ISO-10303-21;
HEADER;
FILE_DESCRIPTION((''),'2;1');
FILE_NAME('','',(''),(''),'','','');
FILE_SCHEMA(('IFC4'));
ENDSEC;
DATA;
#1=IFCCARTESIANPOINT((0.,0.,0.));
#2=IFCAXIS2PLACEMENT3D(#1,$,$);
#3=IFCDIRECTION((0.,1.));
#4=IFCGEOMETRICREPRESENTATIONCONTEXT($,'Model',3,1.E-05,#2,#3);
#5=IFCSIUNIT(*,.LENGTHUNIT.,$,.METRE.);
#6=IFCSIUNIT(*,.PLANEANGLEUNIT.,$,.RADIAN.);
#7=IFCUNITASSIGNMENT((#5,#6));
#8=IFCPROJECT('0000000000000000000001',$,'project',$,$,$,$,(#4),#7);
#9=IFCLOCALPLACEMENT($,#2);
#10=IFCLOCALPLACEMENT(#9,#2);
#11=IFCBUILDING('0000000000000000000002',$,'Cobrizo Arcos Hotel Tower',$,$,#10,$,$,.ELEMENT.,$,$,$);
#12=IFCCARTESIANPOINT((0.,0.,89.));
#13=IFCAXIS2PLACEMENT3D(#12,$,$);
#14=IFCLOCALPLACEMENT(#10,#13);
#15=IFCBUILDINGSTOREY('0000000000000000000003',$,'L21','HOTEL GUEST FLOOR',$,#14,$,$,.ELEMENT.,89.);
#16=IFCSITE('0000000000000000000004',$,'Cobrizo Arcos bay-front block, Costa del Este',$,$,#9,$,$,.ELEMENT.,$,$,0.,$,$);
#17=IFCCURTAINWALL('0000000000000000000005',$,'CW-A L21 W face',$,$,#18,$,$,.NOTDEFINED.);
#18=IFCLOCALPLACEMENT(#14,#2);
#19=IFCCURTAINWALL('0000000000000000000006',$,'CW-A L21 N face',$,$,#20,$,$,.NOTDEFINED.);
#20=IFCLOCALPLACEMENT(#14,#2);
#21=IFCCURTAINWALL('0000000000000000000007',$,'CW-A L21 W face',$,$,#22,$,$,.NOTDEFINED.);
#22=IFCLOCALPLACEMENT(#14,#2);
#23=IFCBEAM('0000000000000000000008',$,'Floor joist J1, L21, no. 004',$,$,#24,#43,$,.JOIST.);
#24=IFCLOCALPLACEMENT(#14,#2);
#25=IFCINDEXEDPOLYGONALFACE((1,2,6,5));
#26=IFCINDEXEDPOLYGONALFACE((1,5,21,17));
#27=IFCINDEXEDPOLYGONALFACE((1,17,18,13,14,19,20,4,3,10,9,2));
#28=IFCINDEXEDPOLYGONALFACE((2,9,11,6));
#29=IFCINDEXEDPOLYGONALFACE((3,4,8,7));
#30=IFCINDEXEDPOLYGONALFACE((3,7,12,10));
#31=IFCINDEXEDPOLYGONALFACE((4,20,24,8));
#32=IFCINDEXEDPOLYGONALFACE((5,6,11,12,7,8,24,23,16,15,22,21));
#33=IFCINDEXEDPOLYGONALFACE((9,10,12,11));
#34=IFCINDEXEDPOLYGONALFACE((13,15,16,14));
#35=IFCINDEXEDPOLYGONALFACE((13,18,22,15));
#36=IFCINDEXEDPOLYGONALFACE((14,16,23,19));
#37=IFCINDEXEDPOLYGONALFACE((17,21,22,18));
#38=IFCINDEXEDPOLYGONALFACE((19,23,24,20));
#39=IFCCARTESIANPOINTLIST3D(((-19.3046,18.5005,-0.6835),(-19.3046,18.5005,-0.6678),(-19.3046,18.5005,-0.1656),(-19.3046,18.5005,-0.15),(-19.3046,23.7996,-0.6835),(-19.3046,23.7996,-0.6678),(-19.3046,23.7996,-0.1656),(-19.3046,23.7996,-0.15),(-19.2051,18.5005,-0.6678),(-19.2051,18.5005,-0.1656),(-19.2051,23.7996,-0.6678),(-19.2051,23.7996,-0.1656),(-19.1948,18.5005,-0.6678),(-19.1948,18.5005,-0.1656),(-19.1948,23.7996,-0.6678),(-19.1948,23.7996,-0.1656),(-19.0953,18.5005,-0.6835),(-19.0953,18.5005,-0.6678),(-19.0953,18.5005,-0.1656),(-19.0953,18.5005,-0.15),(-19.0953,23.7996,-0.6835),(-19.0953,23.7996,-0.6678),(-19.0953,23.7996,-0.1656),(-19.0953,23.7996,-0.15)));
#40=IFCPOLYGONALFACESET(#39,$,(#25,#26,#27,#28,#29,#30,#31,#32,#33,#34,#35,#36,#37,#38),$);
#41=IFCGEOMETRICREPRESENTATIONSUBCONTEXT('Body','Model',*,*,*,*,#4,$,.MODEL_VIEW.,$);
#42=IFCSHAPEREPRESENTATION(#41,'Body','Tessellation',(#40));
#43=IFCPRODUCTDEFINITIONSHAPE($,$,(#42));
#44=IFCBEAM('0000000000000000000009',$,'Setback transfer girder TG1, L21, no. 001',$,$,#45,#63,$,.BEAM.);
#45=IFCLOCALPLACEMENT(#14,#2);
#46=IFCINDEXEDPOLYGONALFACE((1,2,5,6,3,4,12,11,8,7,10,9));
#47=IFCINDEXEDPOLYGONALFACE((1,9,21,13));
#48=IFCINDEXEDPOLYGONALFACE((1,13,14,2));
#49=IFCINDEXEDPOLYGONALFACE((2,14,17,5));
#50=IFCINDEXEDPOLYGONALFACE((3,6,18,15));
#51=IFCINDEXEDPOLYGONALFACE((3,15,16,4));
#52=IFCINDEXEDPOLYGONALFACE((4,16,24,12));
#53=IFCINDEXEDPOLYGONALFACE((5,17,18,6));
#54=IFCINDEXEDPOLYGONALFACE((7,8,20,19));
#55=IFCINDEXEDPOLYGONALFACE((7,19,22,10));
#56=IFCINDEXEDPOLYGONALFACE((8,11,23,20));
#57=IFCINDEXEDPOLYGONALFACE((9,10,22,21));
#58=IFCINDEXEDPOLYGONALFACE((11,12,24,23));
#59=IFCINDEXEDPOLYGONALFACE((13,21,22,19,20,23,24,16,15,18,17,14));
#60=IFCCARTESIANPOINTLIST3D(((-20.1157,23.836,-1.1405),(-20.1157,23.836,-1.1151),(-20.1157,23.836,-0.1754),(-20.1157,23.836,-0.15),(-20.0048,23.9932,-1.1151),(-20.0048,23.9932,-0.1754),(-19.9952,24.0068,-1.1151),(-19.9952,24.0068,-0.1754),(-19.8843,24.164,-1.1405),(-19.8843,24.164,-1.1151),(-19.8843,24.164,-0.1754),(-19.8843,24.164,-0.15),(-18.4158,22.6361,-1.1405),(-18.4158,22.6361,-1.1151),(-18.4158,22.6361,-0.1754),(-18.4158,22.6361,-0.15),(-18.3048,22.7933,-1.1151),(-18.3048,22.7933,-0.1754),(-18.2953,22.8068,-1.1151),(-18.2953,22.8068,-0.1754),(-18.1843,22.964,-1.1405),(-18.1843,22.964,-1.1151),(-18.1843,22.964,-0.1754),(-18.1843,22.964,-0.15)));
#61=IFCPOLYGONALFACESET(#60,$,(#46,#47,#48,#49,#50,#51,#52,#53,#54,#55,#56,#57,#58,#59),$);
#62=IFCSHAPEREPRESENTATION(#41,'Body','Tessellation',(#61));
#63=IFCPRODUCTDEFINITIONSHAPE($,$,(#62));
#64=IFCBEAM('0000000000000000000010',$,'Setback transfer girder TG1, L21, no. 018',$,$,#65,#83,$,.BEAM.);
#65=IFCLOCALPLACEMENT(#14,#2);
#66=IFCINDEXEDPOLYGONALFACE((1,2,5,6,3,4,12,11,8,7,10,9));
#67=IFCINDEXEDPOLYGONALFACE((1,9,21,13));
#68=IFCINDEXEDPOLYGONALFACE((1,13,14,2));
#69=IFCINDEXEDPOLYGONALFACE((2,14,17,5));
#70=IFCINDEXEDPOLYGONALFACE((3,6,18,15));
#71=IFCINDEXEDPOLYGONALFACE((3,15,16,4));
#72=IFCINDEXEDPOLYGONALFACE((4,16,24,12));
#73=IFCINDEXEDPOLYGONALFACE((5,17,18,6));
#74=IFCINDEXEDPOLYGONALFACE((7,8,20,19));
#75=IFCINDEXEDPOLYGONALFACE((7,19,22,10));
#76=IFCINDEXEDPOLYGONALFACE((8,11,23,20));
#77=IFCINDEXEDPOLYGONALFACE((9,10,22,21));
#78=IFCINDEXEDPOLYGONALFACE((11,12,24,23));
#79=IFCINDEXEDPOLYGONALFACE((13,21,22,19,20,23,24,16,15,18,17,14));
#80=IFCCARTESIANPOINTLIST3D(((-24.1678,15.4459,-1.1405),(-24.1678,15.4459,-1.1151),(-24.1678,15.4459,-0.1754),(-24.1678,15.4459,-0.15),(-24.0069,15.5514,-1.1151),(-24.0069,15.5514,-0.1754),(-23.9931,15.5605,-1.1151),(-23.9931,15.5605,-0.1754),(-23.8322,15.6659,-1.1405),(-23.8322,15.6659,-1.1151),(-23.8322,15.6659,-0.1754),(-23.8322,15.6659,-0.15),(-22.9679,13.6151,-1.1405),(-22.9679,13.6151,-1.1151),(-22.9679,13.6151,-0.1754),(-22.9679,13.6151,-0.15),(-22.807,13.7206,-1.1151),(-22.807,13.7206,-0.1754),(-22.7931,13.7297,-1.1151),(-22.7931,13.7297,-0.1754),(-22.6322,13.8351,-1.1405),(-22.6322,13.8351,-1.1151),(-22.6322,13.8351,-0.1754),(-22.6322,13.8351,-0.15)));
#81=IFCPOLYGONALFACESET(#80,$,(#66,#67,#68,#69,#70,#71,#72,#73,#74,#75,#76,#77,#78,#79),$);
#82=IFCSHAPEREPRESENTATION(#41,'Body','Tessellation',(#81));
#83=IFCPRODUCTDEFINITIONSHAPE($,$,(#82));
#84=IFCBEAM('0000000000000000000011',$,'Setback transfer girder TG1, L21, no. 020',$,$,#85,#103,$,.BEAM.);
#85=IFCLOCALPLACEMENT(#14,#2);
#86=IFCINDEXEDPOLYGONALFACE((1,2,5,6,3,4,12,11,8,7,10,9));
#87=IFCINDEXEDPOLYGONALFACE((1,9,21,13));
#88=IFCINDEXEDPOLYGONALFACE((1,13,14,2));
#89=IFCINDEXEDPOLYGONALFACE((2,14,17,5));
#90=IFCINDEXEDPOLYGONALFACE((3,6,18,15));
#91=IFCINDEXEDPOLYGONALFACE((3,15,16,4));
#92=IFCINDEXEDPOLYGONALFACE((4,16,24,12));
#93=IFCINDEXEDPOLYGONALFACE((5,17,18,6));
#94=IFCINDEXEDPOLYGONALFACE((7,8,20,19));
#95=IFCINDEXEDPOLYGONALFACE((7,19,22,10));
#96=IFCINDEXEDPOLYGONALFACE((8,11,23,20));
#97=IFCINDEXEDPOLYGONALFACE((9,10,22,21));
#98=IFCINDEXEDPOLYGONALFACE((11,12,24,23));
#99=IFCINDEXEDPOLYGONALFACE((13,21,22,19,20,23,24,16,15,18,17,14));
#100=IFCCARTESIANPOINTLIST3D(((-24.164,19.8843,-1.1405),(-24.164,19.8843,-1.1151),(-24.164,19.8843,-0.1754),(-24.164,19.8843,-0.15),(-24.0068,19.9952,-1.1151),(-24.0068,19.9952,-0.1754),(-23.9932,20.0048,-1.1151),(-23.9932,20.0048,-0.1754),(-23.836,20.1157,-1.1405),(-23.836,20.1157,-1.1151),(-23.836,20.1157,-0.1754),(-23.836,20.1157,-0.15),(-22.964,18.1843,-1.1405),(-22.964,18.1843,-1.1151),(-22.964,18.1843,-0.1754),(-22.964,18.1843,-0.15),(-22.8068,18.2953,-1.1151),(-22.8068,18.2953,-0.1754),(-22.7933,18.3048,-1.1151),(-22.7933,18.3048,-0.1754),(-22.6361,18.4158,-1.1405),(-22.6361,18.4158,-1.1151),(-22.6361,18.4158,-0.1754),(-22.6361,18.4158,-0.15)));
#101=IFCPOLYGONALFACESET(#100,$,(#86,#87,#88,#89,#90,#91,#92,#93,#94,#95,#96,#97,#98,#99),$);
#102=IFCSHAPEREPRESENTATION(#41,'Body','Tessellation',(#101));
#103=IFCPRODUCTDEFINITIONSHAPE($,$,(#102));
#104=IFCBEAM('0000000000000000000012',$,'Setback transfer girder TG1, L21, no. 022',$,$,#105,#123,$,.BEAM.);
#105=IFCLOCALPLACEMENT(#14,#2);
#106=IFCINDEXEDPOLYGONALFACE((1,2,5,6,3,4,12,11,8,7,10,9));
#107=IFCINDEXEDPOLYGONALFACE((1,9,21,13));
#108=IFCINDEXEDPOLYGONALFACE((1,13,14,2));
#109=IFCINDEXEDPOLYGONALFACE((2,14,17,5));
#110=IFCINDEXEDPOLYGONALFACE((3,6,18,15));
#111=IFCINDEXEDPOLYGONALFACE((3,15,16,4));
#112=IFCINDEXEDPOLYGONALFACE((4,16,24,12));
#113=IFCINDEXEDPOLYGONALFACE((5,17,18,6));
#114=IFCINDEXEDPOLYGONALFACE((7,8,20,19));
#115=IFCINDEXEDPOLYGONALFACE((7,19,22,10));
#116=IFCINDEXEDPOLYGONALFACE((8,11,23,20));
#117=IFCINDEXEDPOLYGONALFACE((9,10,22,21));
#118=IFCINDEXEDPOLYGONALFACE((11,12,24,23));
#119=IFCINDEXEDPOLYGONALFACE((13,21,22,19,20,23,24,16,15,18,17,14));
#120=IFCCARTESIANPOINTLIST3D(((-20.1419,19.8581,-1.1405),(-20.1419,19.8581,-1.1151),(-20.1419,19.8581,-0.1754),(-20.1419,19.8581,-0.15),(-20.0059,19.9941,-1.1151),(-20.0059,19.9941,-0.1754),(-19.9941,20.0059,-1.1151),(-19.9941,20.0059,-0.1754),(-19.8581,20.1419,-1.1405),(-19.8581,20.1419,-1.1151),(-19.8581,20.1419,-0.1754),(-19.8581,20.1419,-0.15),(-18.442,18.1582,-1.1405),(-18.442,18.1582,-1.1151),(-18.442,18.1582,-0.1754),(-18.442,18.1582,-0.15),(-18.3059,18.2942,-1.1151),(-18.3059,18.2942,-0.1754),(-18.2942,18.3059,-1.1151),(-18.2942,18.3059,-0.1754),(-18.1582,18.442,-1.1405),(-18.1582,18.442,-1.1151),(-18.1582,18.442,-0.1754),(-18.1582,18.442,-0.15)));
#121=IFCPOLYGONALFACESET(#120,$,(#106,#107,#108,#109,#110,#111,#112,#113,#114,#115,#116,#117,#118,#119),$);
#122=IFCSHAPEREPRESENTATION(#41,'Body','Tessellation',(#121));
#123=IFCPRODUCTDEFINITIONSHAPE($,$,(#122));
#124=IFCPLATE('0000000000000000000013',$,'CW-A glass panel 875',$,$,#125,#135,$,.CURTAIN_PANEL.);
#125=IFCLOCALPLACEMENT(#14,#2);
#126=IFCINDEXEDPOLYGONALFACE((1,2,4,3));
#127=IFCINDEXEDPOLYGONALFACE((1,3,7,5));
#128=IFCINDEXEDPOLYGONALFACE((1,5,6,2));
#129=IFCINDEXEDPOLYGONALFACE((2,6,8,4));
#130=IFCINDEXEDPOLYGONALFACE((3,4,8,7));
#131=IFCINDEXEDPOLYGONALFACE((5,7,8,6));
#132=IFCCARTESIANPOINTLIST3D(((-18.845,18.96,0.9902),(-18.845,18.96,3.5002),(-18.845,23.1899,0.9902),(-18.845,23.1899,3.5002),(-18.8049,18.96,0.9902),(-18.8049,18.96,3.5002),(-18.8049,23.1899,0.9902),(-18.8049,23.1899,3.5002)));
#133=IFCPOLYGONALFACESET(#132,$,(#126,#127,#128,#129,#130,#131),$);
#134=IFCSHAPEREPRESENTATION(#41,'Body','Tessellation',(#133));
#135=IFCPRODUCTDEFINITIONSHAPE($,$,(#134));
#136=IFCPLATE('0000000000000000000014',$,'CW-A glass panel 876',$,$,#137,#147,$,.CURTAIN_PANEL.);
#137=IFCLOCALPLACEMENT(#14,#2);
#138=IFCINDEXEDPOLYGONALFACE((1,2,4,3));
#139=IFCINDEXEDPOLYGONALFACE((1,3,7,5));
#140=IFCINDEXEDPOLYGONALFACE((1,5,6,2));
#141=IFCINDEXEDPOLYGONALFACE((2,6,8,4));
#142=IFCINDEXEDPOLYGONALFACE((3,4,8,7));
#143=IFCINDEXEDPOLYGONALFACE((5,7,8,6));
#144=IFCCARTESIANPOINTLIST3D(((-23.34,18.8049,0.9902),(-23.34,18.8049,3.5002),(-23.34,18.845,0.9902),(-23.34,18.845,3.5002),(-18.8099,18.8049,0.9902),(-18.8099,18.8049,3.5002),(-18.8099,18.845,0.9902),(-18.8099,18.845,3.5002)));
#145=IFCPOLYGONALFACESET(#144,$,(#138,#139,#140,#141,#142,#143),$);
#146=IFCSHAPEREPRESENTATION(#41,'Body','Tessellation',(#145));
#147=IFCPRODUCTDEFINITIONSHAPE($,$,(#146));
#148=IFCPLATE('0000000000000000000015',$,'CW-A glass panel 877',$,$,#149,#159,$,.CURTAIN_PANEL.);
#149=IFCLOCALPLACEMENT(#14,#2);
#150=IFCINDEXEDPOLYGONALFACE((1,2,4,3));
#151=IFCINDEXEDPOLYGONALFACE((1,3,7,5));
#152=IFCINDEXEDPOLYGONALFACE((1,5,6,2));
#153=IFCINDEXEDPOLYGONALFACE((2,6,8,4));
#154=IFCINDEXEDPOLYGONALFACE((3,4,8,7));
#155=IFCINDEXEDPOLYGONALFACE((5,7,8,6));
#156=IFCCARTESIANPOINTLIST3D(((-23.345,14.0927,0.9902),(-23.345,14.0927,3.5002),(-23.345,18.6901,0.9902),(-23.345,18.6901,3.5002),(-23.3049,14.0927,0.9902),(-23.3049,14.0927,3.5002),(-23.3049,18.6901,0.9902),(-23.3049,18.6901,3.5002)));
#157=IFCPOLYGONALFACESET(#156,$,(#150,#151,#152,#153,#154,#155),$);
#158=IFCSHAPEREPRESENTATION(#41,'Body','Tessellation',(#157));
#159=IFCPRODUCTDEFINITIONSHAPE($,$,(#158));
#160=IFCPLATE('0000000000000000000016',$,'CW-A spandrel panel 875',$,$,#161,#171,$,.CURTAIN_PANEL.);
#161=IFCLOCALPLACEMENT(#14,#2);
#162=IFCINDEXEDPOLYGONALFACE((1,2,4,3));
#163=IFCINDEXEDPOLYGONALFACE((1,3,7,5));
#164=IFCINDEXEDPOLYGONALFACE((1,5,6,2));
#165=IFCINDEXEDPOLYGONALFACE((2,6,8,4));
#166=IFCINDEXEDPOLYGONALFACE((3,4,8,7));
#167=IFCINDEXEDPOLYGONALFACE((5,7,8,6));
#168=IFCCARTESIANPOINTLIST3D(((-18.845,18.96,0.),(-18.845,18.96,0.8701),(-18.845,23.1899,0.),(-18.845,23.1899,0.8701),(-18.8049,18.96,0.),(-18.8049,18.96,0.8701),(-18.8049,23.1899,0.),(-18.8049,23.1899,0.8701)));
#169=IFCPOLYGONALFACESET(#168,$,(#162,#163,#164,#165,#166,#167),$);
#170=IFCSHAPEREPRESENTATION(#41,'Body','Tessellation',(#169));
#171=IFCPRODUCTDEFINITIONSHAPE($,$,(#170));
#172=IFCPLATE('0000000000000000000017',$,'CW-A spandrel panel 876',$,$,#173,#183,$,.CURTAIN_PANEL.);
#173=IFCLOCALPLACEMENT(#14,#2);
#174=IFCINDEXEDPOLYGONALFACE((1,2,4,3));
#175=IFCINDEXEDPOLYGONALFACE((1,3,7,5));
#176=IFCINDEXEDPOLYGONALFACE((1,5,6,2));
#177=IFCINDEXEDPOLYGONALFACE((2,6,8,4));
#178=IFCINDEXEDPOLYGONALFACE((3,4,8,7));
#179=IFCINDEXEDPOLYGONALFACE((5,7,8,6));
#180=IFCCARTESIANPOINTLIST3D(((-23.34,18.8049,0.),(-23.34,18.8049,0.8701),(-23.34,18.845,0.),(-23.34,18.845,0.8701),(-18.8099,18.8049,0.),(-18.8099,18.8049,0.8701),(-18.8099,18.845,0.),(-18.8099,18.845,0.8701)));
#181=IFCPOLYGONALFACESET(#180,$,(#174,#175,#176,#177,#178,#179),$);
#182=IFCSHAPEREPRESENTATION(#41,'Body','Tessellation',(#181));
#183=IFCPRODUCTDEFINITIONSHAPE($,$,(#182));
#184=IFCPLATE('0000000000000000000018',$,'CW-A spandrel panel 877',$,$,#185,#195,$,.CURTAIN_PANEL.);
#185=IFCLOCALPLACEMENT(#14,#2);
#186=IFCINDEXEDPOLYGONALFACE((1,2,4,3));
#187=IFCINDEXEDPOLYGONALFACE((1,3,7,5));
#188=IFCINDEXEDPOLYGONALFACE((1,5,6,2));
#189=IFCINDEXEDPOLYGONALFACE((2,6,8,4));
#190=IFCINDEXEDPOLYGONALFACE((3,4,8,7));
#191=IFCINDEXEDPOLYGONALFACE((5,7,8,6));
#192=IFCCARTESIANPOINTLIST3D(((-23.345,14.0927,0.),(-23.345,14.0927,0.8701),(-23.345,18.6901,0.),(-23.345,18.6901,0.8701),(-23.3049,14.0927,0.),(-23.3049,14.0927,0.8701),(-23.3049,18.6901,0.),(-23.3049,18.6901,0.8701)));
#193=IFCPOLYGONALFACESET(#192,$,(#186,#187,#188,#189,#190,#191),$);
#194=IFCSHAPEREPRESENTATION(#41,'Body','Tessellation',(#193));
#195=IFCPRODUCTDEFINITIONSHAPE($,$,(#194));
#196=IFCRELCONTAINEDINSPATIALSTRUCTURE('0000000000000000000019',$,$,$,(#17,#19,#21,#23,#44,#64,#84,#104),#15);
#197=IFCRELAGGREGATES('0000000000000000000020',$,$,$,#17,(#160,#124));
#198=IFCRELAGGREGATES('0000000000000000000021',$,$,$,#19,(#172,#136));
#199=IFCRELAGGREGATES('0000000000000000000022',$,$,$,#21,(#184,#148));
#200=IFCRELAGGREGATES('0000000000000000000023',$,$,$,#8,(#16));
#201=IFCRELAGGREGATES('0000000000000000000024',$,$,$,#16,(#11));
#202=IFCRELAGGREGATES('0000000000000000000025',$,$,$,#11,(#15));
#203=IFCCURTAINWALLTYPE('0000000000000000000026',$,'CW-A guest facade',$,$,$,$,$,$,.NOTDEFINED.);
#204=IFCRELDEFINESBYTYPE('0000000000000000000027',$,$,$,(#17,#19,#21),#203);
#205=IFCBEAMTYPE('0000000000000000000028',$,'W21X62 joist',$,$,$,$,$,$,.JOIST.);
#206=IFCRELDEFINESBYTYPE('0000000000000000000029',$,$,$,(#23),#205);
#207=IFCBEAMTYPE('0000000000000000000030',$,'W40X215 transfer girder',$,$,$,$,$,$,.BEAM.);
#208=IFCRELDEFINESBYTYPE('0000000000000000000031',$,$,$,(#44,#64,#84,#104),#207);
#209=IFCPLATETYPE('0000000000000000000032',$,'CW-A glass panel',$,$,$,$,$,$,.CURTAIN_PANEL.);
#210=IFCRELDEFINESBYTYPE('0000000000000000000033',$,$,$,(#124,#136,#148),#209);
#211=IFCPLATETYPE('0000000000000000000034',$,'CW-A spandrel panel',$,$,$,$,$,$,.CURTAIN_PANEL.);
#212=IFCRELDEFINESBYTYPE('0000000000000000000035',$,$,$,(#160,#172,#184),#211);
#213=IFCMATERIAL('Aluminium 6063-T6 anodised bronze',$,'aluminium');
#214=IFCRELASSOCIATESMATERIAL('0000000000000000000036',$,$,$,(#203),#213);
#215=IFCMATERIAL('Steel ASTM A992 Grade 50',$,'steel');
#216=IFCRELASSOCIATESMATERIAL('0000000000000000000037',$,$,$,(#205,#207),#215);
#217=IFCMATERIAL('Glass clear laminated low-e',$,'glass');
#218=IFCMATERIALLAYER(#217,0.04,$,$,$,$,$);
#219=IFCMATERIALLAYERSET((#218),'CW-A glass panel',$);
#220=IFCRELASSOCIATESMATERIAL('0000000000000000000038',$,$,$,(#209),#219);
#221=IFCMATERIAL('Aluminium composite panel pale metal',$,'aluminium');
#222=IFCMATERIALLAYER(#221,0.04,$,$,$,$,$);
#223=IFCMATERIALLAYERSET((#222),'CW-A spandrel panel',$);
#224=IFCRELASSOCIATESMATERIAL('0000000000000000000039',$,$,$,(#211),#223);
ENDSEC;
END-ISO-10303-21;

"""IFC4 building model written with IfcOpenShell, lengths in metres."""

from ifc_helpers import new_model, si_unit, direction, frame, origin, origin_2d, place, context, subcontext, project, spatial, rectangle, i_section, extrude, material, layer, layer_set, material_profile, profile_set, type_object, element, aggregate, save


model = new_model("IFC4")

# Units and contexts
model_context = context("Model", 3, precision=1e-05, world=origin(), true_north=direction((0.0, 1.0)))
body_context = subcontext(model_context, "Body", "Model", "MODEL_VIEW")
ifc_project = project(units=[si_unit("LENGTHUNIT", "METRE"), si_unit("PLANEANGLEUNIT", "RADIAN")], contexts=[model_context])

# Site, building, storey
site_placement = place(None, origin())
site = spatial("IfcSite", under=ifc_project, at=site_placement, Name="Cobrizo Arcos bay-front block, Costa del Este", CompositionType="ELEMENT", RefElevation=0.0)
building_placement = place(site_placement, origin())
building = spatial("IfcBuilding", under=site, at=building_placement, Name="Cobrizo Arcos Hotel Tower", CompositionType="ELEMENT")
storey_placement = place(building_placement, frame((0.0, 0.0, 89.0)))
storey = spatial("IfcBuildingStorey", under=building, at=storey_placement, Name="L21", Description="HOTEL GUEST FLOOR", CompositionType="ELEMENT", Elevation=89.0)

# Shared definitions
ifc_material_1 = material(Name="Aluminium 6063-T6 anodised bronze", Category="aluminium")
curtain_wall_type = type_object("IfcCurtainWallType", Name="CW-A guest facade", PredefinedType="NOTDEFINED", material=ifc_material_1)

# Curtain walls
curtain_wall_1_placement = place(storey_placement, origin())
curtain_wall_1 = element("IfcCurtainWall", 1, at=curtain_wall_1_placement, inside=storey, type_object=curtain_wall_type, Name="CW-A L21 W face", PredefinedType="NOTDEFINED")
curtain_wall_2_placement = place(storey_placement, origin())
curtain_wall_2 = element("IfcCurtainWall", 2, at=curtain_wall_2_placement, inside=storey, type_object=curtain_wall_type, Name="CW-A L21 N face", PredefinedType="NOTDEFINED")

# Curtain wall
curtain_wall_3_placement = place(storey_placement, origin())
curtain_wall_3 = element("IfcCurtainWall", 3, at=curtain_wall_3_placement, inside=storey, type_object=curtain_wall_type, Name="CW-A L21 W face", PredefinedType="NOTDEFINED")

# Beams
ifc_material_2 = material(Name="Steel ASTM A992 Grade 50", Category="steel")
ifc_material_profile_1 = material_profile(ifc_material_2, i_section(OverallWidth=0.2092, OverallDepth=0.5334, WebThickness=0.0103, FlangeThickness=0.0156, at=origin_2d()), Name="W21X62")
ifc_profile_set_1 = profile_set([ifc_material_profile_1], Name="Steel ASTM A992 Grade 50")
beam_type_1 = type_object("IfcBeamType", Name="W21X62 joist", PredefinedType="JOIST", material=ifc_profile_set_1)
beam_1_placement = place(storey_placement, frame((-19.2, 18.5005, -0.4167), z_axis=(0.0, 1.0, 0.0), x_axis=(-1.0, 0.0, 0.0)))
element("IfcBeam", 4, at=beam_1_placement, inside=storey, type_object=beam_type_1, Name="Floor joist J1, L21, no. 004", PredefinedType="JOIST", context=body_context, shape_type="SweptSolid", body=[
    extrude(i_section(OverallWidth=0.2092, OverallDepth=0.5334, WebThickness=0.0103, FlangeThickness=0.0156, at=origin_2d()), origin(), (0.0, 0.0, 1.0), 5.2991),
])
ifc_material_profile_2 = material_profile(ifc_material_2, i_section(OverallWidth=0.4014, OverallDepth=0.9905, WebThickness=0.0166, FlangeThickness=0.0254, at=origin_2d()), Name="W40X215")
ifc_profile_set_2 = profile_set([ifc_material_profile_2], Name="Steel ASTM A992 Grade 50")
beam_type_2 = type_object("IfcBeamType", Name="W40X215 transfer girder", PredefinedType="BEAM", material=ifc_profile_set_2)
beam_2_placement = place(storey_placement, frame((-20.0, 24.0, -0.6453), z_axis=(0.816971, -0.576679, 0.0), x_axis=(0.576679, 0.816971, 0.0)))
element("IfcBeam", 5, at=beam_2_placement, inside=storey, type_object=beam_type_2, Name="Setback transfer girder TG1, L21, no. 001", PredefinedType="BEAM", context=body_context, shape_type="SweptSolid", body=[
    extrude(i_section(OverallWidth=0.4014, OverallDepth=0.9905, WebThickness=0.0166, FlangeThickness=0.0254, at=origin_2d()), origin(), (0.0, 0.0, 1.0), 2.0808),
])
beam_3_placement = place(storey_placement, frame((-24.0, 15.5559, -0.6453), z_axis=(0.548172, -0.836366, 0.0), x_axis=(0.836366, 0.548172, 0.0)))
element("IfcBeam", 6, at=beam_3_placement, inside=storey, type_object=beam_type_2, Name="Setback transfer girder TG1, L21, no. 018", PredefinedType="BEAM", context=body_context, shape_type="SweptSolid", body=[
    extrude(i_section(OverallWidth=0.4014, OverallDepth=0.9905, WebThickness=0.0166, FlangeThickness=0.0254, at=origin_2d()), origin(), (0.0, 0.0, 1.0), 2.189),
])
beam_4_placement = place(storey_placement, frame((-24.0, 20.0, -0.6453), z_axis=(0.576679, -0.816971, 0.0), x_axis=(0.816971, 0.576679, 0.0)))
element("IfcBeam", 7, at=beam_4_placement, inside=storey, type_object=beam_type_2, Name="Setback transfer girder TG1, L21, no. 020", PredefinedType="BEAM", context=body_context, shape_type="SweptSolid", body=[
    extrude(i_section(OverallWidth=0.4014, OverallDepth=0.9905, WebThickness=0.0166, FlangeThickness=0.0254, at=origin_2d()), origin(), (0.0, 0.0, 1.0), 2.0808),
])
beam_5_placement = place(storey_placement, frame((-20.0, 20.0, -0.6453), z_axis=(0.707107, -0.707107, 0.0), x_axis=(0.707107, 0.707107, 0.0)))
element("IfcBeam", 8, at=beam_5_placement, inside=storey, type_object=beam_type_2, Name="Setback transfer girder TG1, L21, no. 022", PredefinedType="BEAM", context=body_context, shape_type="SweptSolid", body=[
    extrude(i_section(OverallWidth=0.4014, OverallDepth=0.9905, WebThickness=0.0166, FlangeThickness=0.0254, at=origin_2d()), origin(), (0.0, 0.0, 1.0), 2.4041),
])

# Plates
ifc_material_3 = material(Name="Glass clear laminated low-e", Category="glass")
ifc_layer_1 = layer(ifc_material_3, 0.04)
ifc_layer_set_1 = layer_set([ifc_layer_1], Name="CW-A glass panel")
plate_type_1 = type_object("IfcPlateType", Name="CW-A glass panel", PredefinedType="CURTAIN_PANEL", material=ifc_layer_set_1)
plate_1_placement = place(storey_placement, frame((-18.825, 21.075, 0.9902), z_axis=(0.0, 0.0, 1.0), x_axis=(0.0, -1.0, 0.0)))
plate_1 = element("IfcPlate", 9, at=plate_1_placement, type_object=plate_type_1, Name="CW-A glass panel 875", PredefinedType="CURTAIN_PANEL", context=body_context, shape_type="SweptSolid", body=[
    extrude(rectangle(XDim=4.23, YDim=0.04, at=origin_2d()), origin(), (0.0, 0.0, 1.0), 2.51),
])
plate_2_placement = place(storey_placement, frame((-21.075, 18.825, 0.9902), z_axis=(0.0, 0.0, 1.0), x_axis=(-1.0, 0.0, 0.0)))
plate_2 = element("IfcPlate", 10, at=plate_2_placement, type_object=plate_type_1, Name="CW-A glass panel 876", PredefinedType="CURTAIN_PANEL", context=body_context, shape_type="SweptSolid", body=[
    extrude(rectangle(XDim=4.53, YDim=0.04, at=origin_2d()), origin(), (0.0, 0.0, 1.0), 2.51),
])
plate_3_placement = place(storey_placement, frame((-23.325, 16.3914, 0.9902), z_axis=(0.0, 0.0, 1.0), x_axis=(0.0, -1.0, 0.0)))
plate_3 = element("IfcPlate", 11, at=plate_3_placement, type_object=plate_type_1, Name="CW-A glass panel 877", PredefinedType="CURTAIN_PANEL", context=body_context, shape_type="SweptSolid", body=[
    extrude(rectangle(XDim=4.5974, YDim=0.04, at=origin_2d()), origin(), (0.0, 0.0, 1.0), 2.51),
])
ifc_material_4 = material(Name="Aluminium composite panel pale metal", Category="aluminium")
ifc_layer_2 = layer(ifc_material_4, 0.04)
ifc_layer_set_2 = layer_set([ifc_layer_2], Name="CW-A spandrel panel")
plate_type_2 = type_object("IfcPlateType", Name="CW-A spandrel panel", PredefinedType="CURTAIN_PANEL", material=ifc_layer_set_2)
plate_4_placement = place(storey_placement, frame((-18.825, 21.075, 0.0), z_axis=(0.0, 0.0, 1.0), x_axis=(0.0, -1.0, 0.0)))
plate_4 = element("IfcPlate", 12, at=plate_4_placement, type_object=plate_type_2, Name="CW-A spandrel panel 875", PredefinedType="CURTAIN_PANEL", context=body_context, shape_type="SweptSolid", body=[
    extrude(rectangle(XDim=4.23, YDim=0.04, at=origin_2d()), origin(), (0.0, 0.0, 1.0), 0.8701),
])
aggregate(curtain_wall_1, [plate_4, plate_1])
plate_5_placement = place(storey_placement, frame((-21.075, 18.825, 0.0), z_axis=(0.0, 0.0, 1.0), x_axis=(-1.0, 0.0, 0.0)))
plate_5 = element("IfcPlate", 13, at=plate_5_placement, type_object=plate_type_2, Name="CW-A spandrel panel 876", PredefinedType="CURTAIN_PANEL", context=body_context, shape_type="SweptSolid", body=[
    extrude(rectangle(XDim=4.53, YDim=0.04, at=origin_2d()), origin(), (0.0, 0.0, 1.0), 0.8701),
])
aggregate(curtain_wall_2, [plate_5, plate_2])
plate_6_placement = place(storey_placement, frame((-23.325, 16.3914, 0.0), z_axis=(0.0, 0.0, 1.0), x_axis=(0.0, -1.0, 0.0)))
plate_6 = element("IfcPlate", 14, at=plate_6_placement, type_object=plate_type_2, Name="CW-A spandrel panel 877", PredefinedType="CURTAIN_PANEL", context=body_context, shape_type="SweptSolid", body=[
    extrude(rectangle(XDim=4.5974, YDim=0.04, at=origin_2d()), origin(), (0.0, 0.0, 1.0), 0.8701),
])
aggregate(curtain_wall_3, [plate_6, plate_3])

save(model, "model.ifc")
